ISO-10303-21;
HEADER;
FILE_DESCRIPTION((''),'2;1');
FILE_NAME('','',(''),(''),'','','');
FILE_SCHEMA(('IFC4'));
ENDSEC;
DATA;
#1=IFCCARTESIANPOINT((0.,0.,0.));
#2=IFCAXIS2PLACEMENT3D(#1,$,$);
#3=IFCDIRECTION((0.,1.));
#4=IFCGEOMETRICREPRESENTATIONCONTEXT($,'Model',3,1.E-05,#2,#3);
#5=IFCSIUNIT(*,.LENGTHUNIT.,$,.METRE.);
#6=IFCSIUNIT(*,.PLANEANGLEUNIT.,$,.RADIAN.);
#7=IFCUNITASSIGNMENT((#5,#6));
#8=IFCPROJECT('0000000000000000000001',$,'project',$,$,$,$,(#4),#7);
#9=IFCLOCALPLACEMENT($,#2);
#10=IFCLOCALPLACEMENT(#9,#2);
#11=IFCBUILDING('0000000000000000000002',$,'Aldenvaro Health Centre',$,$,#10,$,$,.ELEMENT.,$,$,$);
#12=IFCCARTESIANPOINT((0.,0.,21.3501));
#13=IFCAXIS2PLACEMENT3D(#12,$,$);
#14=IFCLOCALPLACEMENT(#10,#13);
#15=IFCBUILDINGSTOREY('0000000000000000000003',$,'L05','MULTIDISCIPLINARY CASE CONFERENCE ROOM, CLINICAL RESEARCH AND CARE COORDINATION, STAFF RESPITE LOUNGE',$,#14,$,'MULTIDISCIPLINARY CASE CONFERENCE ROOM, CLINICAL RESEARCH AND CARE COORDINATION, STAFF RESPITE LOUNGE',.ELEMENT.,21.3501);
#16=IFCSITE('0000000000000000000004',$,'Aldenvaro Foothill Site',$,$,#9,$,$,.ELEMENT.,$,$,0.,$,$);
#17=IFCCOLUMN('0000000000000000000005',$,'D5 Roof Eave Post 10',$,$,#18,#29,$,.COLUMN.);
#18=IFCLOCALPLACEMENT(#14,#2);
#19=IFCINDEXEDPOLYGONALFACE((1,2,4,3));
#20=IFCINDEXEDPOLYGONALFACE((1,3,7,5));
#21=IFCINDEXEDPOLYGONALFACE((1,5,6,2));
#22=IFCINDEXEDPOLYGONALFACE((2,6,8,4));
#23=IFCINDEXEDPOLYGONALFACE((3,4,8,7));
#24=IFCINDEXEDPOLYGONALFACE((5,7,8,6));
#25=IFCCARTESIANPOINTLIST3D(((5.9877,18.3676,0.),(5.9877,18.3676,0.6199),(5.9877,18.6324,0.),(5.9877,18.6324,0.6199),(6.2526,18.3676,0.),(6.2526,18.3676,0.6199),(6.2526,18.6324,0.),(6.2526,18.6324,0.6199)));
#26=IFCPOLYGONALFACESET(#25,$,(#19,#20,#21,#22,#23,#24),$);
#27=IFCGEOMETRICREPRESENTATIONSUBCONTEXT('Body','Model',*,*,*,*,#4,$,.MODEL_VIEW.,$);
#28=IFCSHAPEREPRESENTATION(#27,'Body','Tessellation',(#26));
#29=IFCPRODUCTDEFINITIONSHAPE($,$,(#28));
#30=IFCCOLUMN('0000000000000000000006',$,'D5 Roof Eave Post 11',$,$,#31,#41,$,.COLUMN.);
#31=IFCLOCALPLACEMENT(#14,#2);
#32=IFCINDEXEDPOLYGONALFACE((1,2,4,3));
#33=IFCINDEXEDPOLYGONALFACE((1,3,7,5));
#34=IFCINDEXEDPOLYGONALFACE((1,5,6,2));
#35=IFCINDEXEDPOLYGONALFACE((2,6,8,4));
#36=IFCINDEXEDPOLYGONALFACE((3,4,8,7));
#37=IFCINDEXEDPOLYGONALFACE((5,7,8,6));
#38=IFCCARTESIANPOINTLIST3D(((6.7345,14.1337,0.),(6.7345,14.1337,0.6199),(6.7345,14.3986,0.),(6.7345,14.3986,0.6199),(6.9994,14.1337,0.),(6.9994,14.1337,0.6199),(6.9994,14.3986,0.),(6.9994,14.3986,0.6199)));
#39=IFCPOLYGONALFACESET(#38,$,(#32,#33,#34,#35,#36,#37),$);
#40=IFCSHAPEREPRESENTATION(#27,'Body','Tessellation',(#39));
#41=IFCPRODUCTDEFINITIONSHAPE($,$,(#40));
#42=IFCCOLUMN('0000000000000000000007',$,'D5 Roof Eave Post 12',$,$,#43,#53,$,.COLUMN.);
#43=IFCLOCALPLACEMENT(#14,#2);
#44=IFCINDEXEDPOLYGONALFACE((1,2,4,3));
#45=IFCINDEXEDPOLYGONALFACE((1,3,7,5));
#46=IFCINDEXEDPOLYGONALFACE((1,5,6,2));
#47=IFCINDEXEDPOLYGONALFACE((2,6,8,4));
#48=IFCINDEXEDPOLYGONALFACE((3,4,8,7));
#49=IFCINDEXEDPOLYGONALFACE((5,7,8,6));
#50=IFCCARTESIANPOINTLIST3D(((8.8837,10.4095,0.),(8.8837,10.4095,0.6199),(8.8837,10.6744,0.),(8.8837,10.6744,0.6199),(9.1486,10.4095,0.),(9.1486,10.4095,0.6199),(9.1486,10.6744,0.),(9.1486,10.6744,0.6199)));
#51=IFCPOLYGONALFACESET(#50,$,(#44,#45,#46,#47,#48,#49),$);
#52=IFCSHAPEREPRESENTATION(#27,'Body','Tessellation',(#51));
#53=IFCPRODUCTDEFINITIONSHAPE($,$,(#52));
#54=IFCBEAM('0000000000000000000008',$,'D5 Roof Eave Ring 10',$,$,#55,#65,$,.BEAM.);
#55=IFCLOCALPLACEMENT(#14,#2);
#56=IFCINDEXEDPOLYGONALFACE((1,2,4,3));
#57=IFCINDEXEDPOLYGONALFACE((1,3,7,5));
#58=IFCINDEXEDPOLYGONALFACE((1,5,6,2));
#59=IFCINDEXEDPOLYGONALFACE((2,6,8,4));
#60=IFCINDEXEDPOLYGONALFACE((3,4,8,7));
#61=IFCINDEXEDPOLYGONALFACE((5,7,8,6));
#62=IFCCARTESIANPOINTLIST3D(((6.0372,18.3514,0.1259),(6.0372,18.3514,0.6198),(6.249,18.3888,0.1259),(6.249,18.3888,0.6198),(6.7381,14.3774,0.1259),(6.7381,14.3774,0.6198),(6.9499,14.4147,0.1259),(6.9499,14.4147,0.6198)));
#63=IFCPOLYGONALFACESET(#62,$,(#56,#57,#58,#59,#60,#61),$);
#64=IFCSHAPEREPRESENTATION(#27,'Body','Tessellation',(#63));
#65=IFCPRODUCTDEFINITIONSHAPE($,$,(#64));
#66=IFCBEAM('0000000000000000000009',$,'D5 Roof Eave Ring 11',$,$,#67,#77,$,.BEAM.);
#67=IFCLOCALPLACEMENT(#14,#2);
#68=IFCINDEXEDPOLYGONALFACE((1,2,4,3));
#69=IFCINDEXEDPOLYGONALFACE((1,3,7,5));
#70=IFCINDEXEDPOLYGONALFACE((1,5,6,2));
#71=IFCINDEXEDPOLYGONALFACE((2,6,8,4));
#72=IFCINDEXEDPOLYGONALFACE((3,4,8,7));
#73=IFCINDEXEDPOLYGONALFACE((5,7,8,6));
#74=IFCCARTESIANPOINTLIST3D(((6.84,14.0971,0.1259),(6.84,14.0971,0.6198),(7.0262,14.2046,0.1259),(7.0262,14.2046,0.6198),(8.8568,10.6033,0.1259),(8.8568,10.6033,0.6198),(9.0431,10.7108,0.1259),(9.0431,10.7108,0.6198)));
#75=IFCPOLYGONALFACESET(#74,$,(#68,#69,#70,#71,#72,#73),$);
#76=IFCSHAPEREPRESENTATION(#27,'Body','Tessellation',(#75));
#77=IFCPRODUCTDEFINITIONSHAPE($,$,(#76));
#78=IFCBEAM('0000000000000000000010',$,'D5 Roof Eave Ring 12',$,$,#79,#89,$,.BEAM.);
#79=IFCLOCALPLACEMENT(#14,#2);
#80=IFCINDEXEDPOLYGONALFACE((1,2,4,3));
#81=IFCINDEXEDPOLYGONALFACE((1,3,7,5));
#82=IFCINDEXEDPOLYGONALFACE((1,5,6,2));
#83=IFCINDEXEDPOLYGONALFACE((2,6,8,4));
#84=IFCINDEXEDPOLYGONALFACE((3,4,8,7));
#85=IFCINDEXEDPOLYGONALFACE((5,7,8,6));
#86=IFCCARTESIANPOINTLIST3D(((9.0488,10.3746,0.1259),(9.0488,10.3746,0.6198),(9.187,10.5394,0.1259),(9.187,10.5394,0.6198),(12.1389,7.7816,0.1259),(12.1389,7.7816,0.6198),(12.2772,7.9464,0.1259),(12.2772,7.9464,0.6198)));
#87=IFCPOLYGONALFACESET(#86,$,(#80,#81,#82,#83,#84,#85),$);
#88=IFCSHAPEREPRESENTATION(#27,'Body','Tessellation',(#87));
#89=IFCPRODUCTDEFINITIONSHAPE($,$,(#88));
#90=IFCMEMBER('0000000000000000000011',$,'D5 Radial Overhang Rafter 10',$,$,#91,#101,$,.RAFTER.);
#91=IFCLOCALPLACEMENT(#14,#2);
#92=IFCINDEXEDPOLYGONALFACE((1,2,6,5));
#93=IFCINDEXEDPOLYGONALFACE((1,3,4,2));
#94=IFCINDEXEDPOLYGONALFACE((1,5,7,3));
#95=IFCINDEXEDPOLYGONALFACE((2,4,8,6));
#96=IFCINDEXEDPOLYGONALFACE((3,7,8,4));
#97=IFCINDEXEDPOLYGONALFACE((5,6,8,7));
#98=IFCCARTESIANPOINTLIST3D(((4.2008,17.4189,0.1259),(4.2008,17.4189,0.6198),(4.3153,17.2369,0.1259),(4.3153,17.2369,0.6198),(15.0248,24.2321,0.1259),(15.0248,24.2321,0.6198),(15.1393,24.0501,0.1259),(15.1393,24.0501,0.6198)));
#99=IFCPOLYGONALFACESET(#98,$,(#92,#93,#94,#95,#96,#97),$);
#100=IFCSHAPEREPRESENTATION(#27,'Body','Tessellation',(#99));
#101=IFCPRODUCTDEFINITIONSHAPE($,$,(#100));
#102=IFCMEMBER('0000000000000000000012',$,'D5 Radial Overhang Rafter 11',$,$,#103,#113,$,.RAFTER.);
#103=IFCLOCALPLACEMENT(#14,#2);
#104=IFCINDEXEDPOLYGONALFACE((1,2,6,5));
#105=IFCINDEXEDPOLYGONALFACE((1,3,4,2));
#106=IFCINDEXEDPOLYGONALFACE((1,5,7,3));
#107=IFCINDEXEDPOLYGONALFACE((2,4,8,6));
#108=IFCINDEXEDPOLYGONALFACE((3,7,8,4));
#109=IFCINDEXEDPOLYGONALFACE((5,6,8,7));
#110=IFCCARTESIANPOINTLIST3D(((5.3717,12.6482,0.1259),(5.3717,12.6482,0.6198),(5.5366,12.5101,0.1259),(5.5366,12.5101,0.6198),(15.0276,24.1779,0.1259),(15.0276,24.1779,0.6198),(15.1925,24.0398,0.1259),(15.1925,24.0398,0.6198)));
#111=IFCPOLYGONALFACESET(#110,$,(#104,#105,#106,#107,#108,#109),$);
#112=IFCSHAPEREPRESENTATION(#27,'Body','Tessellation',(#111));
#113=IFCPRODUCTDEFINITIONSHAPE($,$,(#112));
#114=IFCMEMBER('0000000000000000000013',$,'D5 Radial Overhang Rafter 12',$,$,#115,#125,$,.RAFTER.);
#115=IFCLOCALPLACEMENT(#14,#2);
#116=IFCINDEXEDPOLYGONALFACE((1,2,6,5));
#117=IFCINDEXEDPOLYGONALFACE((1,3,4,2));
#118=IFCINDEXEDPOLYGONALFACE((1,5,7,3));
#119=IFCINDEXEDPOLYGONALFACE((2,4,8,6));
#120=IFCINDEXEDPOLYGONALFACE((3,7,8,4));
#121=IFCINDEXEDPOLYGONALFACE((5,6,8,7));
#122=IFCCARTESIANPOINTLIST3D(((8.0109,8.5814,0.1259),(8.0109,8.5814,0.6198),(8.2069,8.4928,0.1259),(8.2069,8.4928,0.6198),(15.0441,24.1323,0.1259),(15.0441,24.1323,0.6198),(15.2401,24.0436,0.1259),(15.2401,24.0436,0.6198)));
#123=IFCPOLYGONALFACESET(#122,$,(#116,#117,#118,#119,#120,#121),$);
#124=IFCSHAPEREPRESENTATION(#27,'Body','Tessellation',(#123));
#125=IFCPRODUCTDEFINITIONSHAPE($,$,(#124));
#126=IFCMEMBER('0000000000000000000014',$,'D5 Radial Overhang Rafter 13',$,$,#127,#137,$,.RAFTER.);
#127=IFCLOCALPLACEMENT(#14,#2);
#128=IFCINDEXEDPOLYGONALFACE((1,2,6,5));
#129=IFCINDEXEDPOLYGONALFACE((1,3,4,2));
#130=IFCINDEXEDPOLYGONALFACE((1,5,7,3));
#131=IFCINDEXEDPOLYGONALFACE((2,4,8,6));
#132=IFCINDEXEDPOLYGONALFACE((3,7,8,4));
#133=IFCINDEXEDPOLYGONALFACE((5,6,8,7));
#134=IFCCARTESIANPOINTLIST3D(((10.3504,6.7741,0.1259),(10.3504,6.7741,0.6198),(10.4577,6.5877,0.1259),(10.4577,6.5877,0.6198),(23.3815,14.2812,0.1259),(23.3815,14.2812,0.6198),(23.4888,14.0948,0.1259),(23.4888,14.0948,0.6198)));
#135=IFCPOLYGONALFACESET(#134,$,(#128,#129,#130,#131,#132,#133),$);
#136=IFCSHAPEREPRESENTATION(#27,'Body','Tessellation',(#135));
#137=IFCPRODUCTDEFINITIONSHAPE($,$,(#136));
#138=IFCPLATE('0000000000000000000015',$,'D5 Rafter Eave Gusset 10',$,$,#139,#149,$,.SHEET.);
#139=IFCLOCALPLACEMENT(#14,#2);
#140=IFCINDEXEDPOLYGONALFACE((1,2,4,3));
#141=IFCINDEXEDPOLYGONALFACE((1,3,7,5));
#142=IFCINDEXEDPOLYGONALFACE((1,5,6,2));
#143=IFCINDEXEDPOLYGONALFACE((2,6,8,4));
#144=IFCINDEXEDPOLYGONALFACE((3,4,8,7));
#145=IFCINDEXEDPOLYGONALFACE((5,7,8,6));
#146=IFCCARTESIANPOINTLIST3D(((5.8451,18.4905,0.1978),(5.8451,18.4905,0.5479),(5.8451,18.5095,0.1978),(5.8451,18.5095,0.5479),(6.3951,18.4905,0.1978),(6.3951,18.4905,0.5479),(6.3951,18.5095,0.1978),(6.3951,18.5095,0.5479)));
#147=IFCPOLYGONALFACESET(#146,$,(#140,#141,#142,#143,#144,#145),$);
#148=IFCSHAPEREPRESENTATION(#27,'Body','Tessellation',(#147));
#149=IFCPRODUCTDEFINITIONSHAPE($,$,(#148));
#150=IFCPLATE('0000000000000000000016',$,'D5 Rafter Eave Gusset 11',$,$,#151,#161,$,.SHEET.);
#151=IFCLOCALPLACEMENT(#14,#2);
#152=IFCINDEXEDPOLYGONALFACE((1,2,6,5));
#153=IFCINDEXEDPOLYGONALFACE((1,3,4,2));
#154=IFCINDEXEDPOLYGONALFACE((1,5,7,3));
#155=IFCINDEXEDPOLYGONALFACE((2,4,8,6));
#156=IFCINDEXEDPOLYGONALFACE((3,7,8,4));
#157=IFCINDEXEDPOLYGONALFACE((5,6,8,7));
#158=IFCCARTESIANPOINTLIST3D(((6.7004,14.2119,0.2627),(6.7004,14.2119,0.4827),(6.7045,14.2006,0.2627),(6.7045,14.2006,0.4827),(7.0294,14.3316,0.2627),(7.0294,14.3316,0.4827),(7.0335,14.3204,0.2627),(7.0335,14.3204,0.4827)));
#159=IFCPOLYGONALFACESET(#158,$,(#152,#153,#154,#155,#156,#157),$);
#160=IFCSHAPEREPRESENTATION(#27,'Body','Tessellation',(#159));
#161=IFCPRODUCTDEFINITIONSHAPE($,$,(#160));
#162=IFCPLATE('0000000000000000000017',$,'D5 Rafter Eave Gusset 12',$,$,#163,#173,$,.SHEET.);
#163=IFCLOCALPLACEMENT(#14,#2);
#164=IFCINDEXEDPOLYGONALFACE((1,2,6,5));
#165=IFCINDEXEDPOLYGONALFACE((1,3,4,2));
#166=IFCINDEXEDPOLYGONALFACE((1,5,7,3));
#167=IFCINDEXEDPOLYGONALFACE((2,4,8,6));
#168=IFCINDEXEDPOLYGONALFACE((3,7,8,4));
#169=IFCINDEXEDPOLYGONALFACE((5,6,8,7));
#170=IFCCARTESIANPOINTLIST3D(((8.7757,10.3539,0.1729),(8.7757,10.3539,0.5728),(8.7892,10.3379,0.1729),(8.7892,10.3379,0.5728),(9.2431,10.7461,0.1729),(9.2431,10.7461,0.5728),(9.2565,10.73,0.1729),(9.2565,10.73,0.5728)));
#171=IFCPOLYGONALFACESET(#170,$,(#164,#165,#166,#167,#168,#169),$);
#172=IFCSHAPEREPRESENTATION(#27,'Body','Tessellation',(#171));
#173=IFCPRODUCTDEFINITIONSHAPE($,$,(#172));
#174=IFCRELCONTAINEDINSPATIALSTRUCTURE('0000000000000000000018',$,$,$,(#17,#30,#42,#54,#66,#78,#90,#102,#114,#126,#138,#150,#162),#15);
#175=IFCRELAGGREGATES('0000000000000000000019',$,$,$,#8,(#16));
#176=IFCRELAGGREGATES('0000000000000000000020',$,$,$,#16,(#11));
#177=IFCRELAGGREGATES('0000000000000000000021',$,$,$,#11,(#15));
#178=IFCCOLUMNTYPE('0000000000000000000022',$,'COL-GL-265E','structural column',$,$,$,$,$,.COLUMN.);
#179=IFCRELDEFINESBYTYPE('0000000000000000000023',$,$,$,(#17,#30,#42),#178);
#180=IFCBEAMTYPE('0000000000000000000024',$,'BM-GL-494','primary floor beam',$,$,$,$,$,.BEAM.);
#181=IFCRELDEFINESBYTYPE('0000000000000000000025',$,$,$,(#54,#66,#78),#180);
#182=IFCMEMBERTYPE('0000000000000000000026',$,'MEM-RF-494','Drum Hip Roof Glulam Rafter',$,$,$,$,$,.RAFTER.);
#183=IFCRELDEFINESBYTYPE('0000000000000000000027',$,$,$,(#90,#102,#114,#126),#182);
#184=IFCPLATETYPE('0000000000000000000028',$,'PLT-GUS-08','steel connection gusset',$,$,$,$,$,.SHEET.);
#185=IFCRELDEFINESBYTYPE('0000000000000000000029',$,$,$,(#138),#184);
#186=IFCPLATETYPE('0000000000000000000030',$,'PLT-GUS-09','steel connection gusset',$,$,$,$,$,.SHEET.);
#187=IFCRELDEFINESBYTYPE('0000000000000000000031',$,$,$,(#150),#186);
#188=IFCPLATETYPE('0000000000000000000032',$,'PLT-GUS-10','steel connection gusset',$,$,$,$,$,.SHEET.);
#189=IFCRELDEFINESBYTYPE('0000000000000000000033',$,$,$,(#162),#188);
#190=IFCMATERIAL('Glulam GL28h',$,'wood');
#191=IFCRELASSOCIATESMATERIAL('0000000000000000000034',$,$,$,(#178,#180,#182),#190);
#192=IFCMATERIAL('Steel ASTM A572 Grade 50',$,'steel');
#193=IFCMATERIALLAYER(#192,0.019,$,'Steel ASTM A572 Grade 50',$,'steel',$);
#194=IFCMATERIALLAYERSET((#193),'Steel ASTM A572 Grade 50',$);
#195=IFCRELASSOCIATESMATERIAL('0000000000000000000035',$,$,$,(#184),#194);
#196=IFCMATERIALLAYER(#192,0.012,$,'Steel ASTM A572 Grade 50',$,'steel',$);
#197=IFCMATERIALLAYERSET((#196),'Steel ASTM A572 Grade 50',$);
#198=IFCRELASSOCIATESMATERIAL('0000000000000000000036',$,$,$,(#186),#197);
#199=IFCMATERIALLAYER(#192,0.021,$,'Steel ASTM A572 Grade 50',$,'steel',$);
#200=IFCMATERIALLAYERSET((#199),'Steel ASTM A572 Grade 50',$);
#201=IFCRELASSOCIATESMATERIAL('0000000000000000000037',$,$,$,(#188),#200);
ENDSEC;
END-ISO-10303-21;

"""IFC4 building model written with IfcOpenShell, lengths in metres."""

from ifc_helpers import new_model, si_unit, direction, frame, origin, origin_2d, place, context, subcontext, project, spatial, rectangle, extrude, material, layer, layer_set, material_profile, profile_set, type_object, element, save


model = new_model("IFC4")

# Units and contexts
model_context = context("Model", 3, precision=1e-05, world=origin(), true_north=direction((0.0, 1.0)))
body_context = subcontext(model_context, "Body", "Model", "MODEL_VIEW")
ifc_project = project(units=[si_unit("LENGTHUNIT", "METRE"), si_unit("PLANEANGLEUNIT", "RADIAN")], contexts=[model_context])

# Site, building, storey
site_placement = place(None, origin())
site = spatial("IfcSite", under=ifc_project, at=site_placement, Name="Aldenvaro Foothill Site", CompositionType="ELEMENT", RefElevation=0.0)
building_placement = place(site_placement, origin())
building = spatial("IfcBuilding", under=site, at=building_placement, Name="Aldenvaro Health Centre", CompositionType="ELEMENT")
storey_placement = place(building_placement, frame((0.0, 0.0, 21.3501)))
storey = spatial("IfcBuildingStorey", under=building, at=storey_placement, Name="L05", Description="MULTIDISCIPLINARY CASE CONFERENCE ROOM, CLINICAL RESEARCH AND CARE COORDINATION, STAFF RESPITE LOUNGE", LongName="MULTIDISCIPLINARY CASE CONFERENCE ROOM, CLINICAL RESEARCH AND CARE COORDINATION, STAFF RESPITE LOUNGE", CompositionType="ELEMENT", Elevation=21.3501)

# Columns
ifc_material_1 = material(Name="Glulam GL28h", Category="wood")
ifc_material_profile_1 = material_profile(ifc_material_1, rectangle(XDim=0.2649, YDim=0.2649, at=origin_2d()), Name="GL 265x265", Category="wood")
ifc_profile_set_1 = profile_set([ifc_material_profile_1], Name="Glulam GL28h")
column_type = type_object("IfcColumnType", Name="COL-GL-265E", Description="structural column", PredefinedType="COLUMN", material=ifc_profile_set_1)
for number, where, z_axis, x_axis, name in (
    (1, (6.1201, 18.5, 0.0), (0.0, 0.0, 1.0), (1.0, 0.0, 0.0), "D5 Roof Eave Post 10"),
    (2, (6.8669, 14.2661, 0.0), (0.0, 0.0, 1.0), (1.0, 0.0, 0.0), "D5 Roof Eave Post 11"),
    (3, (9.0161, 10.542, 0.0), (0.0, 0.0, 1.0), (1.0, 0.0, 0.0), "D5 Roof Eave Post 12"),
):
    element("IfcColumn", number, at=place(storey_placement, frame(where, z_axis=z_axis, x_axis=x_axis)), inside=storey, type_object=column_type, Name=name, PredefinedType="COLUMN", context=body_context, shape_type="SweptSolid", body=[
        extrude(rectangle(XDim=0.2649, YDim=0.2649, at=origin_2d()), origin(), (0.0, 0.0, 1.0), 0.6199),
    ])

# Beams
ifc_material_profile_2 = material_profile(ifc_material_1, rectangle(XDim=0.2151, YDim=0.4939, at=origin_2d()), Name="GL 215x494", Category="wood")
ifc_profile_set_2 = profile_set([ifc_material_profile_2], Name="Glulam GL28h")
beam_type = type_object("IfcBeamType", Name="BM-GL-494", Description="primary floor beam", PredefinedType="BEAM", material=ifc_profile_set_2)
beam_1_placement = place(storey_placement, frame((6.1431, 18.3701, 0.3728), z_axis=(0.173692, -0.9848, 0.0), x_axis=(0.9848, 0.173692, 0.0)))
element("IfcBeam", 4, at=beam_1_placement, inside=storey, type_object=beam_type, Name="D5 Roof Eave Ring 10", PredefinedType="BEAM", context=body_context, shape_type="SweptSolid", body=[
    extrude(rectangle(XDim=0.2151, YDim=0.4939, at=origin_2d()), origin(), (0.0, 0.0, 1.0), 4.0354),
])
beam_2_placement = place(storey_placement, frame((6.9331, 14.1509, 0.3728), z_axis=(0.499934, -0.866064, 0.0), x_axis=(0.866064, 0.499934, 0.0)))
element("IfcBeam", 5, at=beam_2_placement, inside=storey, type_object=beam_type, Name="D5 Roof Eave Ring 11", PredefinedType="BEAM", context=body_context, shape_type="SweptSolid", body=[
    extrude(rectangle(XDim=0.2151, YDim=0.4939, at=origin_2d()), origin(), (0.0, 0.0, 1.0), 4.0342),
])
beam_3_placement = place(storey_placement, frame((9.1179, 10.457, 0.3728), z_axis=(0.766029, -0.642806, 0.0), x_axis=(0.642806, 0.766029, 0.0)))
element("IfcBeam", 6, at=beam_3_placement, inside=storey, type_object=beam_type, Name="D5 Roof Eave Ring 12", PredefinedType="BEAM", context=body_context, shape_type="SweptSolid", body=[
    extrude(rectangle(XDim=0.2151, YDim=0.4939, at=origin_2d()), origin(), (0.0, 0.0, 1.0), 4.0339),
])

# Members
ifc_material_profile_3 = material_profile(ifc_material_1, rectangle(XDim=0.2151, YDim=0.4939, at=origin_2d()), Name="GL 215x494", Category="wood")
ifc_profile_set_3 = profile_set([ifc_material_profile_3], Name="Glulam GL28h")
member_type = type_object("IfcMemberType", Name="MEM-RF-494", Description="Drum Hip Roof Glulam Rafter", PredefinedType="RAFTER", material=ifc_profile_set_3)
member_1_placement = place(storey_placement, frame((4.2581, 17.3279, 0.3728), z_axis=(0.846299, 0.532709, 0.0), x_axis=(-0.532709, 0.846299, 0.0)))
element("IfcMember", 7, at=member_1_placement, inside=storey, type_object=member_type, Name="D5 Radial Overhang Rafter 10", PredefinedType="RAFTER", context=body_context, shape_type="SweptSolid", body=[
    extrude(rectangle(XDim=0.2151, YDim=0.4939, at=origin_2d()), origin(), (0.0, 0.0, 1.0), 12.7898),
])
member_2_placement = place(storey_placement, frame((5.4541, 12.5791, 0.3728), z_axis=(0.64206, 0.766654, 0.0), x_axis=(-0.766654, 0.64206, 0.0)))
element("IfcMember", 8, at=member_2_placement, inside=storey, type_object=member_type, Name="D5 Radial Overhang Rafter 11", PredefinedType="RAFTER", context=body_context, shape_type="SweptSolid", body=[
    extrude(rectangle(XDim=0.2151, YDim=0.4939, at=origin_2d()), origin(), (0.0, 0.0, 1.0), 15.0391),
])
member_3_placement = place(storey_placement, frame((8.1089, 8.5371, 0.3728), z_axis=(0.412086, 0.911145, 0.0), x_axis=(-0.911145, 0.412086, 0.0)))
element("IfcMember", 9, at=member_3_placement, inside=storey, type_object=member_type, Name="D5 Radial Overhang Rafter 12", PredefinedType="RAFTER", context=body_context, shape_type="SweptSolid", body=[
    extrude(rectangle(XDim=0.2151, YDim=0.4939, at=origin_2d()), origin(), (0.0, 0.0, 1.0), 17.0674),
])
member_4_placement = place(storey_placement, frame((10.4041, 6.6809, 0.3728), z_axis=(0.866496, 0.499183, 0.0), x_axis=(-0.499183, 0.866496, 0.0)))
element("IfcMember", 10, at=member_4_placement, inside=storey, type_object=member_type, Name="D5 Radial Overhang Rafter 13", PredefinedType="RAFTER", context=body_context, shape_type="SweptSolid", body=[
    extrude(rectangle(XDim=0.2151, YDim=0.4939, at=origin_2d()), origin(), (0.0, 0.0, 1.0), 15.0388),
])

# Plates
ifc_material_2 = material(Name="Steel ASTM A572 Grade 50", Category="steel")
ifc_layer_1 = layer(ifc_material_2, 0.019, Name="Steel ASTM A572 Grade 50", Category="steel")
ifc_layer_set_1 = layer_set([ifc_layer_1], Name="Steel ASTM A572 Grade 50")
plate_type_1 = type_object("IfcPlateType", Name="PLT-GUS-08", Description="steel connection gusset", PredefinedType="SHEET", material=ifc_layer_set_1)
plate_1_placement = place(storey_placement, frame((6.1201, 18.5, 0.1978), z_axis=(0.0, 0.0, 1.0), x_axis=(-1.0, 0.0, 0.0)))
element("IfcPlate", 11, at=plate_1_placement, inside=storey, type_object=plate_type_1, Name="D5 Rafter Eave Gusset 10", PredefinedType="SHEET", context=body_context, shape_type="SweptSolid", body=[
    extrude(rectangle(XDim=0.55, YDim=0.019, at=origin_2d()), origin(), (0.0, 0.0, 1.0), 0.3501),
])
ifc_layer_2 = layer(ifc_material_2, 0.012, Name="Steel ASTM A572 Grade 50", Category="steel")
ifc_layer_set_2 = layer_set([ifc_layer_2], Name="Steel ASTM A572 Grade 50")
plate_type_2 = type_object("IfcPlateType", Name="PLT-GUS-09", Description="steel connection gusset", PredefinedType="SHEET", material=ifc_layer_set_2)
plate_2_placement = place(storey_placement, frame((6.8669, 14.2661, 0.2627), z_axis=(0.0, 0.0, 1.0), x_axis=(-0.939694, -0.342015, 0.0)))
element("IfcPlate", 12, at=plate_2_placement, inside=storey, type_object=plate_type_2, Name="D5 Rafter Eave Gusset 11", PredefinedType="SHEET", context=body_context, shape_type="SweptSolid", body=[
    extrude(rectangle(XDim=0.3501, YDim=0.012, at=origin_2d()), origin(), (0.0, 0.0, 1.0), 0.22),
])
ifc_layer_3 = layer(ifc_material_2, 0.021, Name="Steel ASTM A572 Grade 50", Category="steel")
ifc_layer_set_3 = layer_set([ifc_layer_3], Name="Steel ASTM A572 Grade 50")
plate_type_3 = type_object("IfcPlateType", Name="PLT-GUS-10", Description="steel connection gusset", PredefinedType="SHEET", material=ifc_layer_set_3)
plate_3_placement = place(storey_placement, frame((9.0161, 10.542, 0.1729), z_axis=(0.0, 0.0, 1.0), x_axis=(-0.766045, -0.642787, 0.0)))
element("IfcPlate", 13, at=plate_3_placement, inside=storey, type_object=plate_type_3, Name="D5 Rafter Eave Gusset 12", PredefinedType="SHEET", context=body_context, shape_type="SweptSolid", body=[
    extrude(rectangle(XDim=0.6101, YDim=0.021, at=origin_2d()), origin(), (0.0, 0.0, 1.0), 0.3999),
])

save(model, "model.ifc")
